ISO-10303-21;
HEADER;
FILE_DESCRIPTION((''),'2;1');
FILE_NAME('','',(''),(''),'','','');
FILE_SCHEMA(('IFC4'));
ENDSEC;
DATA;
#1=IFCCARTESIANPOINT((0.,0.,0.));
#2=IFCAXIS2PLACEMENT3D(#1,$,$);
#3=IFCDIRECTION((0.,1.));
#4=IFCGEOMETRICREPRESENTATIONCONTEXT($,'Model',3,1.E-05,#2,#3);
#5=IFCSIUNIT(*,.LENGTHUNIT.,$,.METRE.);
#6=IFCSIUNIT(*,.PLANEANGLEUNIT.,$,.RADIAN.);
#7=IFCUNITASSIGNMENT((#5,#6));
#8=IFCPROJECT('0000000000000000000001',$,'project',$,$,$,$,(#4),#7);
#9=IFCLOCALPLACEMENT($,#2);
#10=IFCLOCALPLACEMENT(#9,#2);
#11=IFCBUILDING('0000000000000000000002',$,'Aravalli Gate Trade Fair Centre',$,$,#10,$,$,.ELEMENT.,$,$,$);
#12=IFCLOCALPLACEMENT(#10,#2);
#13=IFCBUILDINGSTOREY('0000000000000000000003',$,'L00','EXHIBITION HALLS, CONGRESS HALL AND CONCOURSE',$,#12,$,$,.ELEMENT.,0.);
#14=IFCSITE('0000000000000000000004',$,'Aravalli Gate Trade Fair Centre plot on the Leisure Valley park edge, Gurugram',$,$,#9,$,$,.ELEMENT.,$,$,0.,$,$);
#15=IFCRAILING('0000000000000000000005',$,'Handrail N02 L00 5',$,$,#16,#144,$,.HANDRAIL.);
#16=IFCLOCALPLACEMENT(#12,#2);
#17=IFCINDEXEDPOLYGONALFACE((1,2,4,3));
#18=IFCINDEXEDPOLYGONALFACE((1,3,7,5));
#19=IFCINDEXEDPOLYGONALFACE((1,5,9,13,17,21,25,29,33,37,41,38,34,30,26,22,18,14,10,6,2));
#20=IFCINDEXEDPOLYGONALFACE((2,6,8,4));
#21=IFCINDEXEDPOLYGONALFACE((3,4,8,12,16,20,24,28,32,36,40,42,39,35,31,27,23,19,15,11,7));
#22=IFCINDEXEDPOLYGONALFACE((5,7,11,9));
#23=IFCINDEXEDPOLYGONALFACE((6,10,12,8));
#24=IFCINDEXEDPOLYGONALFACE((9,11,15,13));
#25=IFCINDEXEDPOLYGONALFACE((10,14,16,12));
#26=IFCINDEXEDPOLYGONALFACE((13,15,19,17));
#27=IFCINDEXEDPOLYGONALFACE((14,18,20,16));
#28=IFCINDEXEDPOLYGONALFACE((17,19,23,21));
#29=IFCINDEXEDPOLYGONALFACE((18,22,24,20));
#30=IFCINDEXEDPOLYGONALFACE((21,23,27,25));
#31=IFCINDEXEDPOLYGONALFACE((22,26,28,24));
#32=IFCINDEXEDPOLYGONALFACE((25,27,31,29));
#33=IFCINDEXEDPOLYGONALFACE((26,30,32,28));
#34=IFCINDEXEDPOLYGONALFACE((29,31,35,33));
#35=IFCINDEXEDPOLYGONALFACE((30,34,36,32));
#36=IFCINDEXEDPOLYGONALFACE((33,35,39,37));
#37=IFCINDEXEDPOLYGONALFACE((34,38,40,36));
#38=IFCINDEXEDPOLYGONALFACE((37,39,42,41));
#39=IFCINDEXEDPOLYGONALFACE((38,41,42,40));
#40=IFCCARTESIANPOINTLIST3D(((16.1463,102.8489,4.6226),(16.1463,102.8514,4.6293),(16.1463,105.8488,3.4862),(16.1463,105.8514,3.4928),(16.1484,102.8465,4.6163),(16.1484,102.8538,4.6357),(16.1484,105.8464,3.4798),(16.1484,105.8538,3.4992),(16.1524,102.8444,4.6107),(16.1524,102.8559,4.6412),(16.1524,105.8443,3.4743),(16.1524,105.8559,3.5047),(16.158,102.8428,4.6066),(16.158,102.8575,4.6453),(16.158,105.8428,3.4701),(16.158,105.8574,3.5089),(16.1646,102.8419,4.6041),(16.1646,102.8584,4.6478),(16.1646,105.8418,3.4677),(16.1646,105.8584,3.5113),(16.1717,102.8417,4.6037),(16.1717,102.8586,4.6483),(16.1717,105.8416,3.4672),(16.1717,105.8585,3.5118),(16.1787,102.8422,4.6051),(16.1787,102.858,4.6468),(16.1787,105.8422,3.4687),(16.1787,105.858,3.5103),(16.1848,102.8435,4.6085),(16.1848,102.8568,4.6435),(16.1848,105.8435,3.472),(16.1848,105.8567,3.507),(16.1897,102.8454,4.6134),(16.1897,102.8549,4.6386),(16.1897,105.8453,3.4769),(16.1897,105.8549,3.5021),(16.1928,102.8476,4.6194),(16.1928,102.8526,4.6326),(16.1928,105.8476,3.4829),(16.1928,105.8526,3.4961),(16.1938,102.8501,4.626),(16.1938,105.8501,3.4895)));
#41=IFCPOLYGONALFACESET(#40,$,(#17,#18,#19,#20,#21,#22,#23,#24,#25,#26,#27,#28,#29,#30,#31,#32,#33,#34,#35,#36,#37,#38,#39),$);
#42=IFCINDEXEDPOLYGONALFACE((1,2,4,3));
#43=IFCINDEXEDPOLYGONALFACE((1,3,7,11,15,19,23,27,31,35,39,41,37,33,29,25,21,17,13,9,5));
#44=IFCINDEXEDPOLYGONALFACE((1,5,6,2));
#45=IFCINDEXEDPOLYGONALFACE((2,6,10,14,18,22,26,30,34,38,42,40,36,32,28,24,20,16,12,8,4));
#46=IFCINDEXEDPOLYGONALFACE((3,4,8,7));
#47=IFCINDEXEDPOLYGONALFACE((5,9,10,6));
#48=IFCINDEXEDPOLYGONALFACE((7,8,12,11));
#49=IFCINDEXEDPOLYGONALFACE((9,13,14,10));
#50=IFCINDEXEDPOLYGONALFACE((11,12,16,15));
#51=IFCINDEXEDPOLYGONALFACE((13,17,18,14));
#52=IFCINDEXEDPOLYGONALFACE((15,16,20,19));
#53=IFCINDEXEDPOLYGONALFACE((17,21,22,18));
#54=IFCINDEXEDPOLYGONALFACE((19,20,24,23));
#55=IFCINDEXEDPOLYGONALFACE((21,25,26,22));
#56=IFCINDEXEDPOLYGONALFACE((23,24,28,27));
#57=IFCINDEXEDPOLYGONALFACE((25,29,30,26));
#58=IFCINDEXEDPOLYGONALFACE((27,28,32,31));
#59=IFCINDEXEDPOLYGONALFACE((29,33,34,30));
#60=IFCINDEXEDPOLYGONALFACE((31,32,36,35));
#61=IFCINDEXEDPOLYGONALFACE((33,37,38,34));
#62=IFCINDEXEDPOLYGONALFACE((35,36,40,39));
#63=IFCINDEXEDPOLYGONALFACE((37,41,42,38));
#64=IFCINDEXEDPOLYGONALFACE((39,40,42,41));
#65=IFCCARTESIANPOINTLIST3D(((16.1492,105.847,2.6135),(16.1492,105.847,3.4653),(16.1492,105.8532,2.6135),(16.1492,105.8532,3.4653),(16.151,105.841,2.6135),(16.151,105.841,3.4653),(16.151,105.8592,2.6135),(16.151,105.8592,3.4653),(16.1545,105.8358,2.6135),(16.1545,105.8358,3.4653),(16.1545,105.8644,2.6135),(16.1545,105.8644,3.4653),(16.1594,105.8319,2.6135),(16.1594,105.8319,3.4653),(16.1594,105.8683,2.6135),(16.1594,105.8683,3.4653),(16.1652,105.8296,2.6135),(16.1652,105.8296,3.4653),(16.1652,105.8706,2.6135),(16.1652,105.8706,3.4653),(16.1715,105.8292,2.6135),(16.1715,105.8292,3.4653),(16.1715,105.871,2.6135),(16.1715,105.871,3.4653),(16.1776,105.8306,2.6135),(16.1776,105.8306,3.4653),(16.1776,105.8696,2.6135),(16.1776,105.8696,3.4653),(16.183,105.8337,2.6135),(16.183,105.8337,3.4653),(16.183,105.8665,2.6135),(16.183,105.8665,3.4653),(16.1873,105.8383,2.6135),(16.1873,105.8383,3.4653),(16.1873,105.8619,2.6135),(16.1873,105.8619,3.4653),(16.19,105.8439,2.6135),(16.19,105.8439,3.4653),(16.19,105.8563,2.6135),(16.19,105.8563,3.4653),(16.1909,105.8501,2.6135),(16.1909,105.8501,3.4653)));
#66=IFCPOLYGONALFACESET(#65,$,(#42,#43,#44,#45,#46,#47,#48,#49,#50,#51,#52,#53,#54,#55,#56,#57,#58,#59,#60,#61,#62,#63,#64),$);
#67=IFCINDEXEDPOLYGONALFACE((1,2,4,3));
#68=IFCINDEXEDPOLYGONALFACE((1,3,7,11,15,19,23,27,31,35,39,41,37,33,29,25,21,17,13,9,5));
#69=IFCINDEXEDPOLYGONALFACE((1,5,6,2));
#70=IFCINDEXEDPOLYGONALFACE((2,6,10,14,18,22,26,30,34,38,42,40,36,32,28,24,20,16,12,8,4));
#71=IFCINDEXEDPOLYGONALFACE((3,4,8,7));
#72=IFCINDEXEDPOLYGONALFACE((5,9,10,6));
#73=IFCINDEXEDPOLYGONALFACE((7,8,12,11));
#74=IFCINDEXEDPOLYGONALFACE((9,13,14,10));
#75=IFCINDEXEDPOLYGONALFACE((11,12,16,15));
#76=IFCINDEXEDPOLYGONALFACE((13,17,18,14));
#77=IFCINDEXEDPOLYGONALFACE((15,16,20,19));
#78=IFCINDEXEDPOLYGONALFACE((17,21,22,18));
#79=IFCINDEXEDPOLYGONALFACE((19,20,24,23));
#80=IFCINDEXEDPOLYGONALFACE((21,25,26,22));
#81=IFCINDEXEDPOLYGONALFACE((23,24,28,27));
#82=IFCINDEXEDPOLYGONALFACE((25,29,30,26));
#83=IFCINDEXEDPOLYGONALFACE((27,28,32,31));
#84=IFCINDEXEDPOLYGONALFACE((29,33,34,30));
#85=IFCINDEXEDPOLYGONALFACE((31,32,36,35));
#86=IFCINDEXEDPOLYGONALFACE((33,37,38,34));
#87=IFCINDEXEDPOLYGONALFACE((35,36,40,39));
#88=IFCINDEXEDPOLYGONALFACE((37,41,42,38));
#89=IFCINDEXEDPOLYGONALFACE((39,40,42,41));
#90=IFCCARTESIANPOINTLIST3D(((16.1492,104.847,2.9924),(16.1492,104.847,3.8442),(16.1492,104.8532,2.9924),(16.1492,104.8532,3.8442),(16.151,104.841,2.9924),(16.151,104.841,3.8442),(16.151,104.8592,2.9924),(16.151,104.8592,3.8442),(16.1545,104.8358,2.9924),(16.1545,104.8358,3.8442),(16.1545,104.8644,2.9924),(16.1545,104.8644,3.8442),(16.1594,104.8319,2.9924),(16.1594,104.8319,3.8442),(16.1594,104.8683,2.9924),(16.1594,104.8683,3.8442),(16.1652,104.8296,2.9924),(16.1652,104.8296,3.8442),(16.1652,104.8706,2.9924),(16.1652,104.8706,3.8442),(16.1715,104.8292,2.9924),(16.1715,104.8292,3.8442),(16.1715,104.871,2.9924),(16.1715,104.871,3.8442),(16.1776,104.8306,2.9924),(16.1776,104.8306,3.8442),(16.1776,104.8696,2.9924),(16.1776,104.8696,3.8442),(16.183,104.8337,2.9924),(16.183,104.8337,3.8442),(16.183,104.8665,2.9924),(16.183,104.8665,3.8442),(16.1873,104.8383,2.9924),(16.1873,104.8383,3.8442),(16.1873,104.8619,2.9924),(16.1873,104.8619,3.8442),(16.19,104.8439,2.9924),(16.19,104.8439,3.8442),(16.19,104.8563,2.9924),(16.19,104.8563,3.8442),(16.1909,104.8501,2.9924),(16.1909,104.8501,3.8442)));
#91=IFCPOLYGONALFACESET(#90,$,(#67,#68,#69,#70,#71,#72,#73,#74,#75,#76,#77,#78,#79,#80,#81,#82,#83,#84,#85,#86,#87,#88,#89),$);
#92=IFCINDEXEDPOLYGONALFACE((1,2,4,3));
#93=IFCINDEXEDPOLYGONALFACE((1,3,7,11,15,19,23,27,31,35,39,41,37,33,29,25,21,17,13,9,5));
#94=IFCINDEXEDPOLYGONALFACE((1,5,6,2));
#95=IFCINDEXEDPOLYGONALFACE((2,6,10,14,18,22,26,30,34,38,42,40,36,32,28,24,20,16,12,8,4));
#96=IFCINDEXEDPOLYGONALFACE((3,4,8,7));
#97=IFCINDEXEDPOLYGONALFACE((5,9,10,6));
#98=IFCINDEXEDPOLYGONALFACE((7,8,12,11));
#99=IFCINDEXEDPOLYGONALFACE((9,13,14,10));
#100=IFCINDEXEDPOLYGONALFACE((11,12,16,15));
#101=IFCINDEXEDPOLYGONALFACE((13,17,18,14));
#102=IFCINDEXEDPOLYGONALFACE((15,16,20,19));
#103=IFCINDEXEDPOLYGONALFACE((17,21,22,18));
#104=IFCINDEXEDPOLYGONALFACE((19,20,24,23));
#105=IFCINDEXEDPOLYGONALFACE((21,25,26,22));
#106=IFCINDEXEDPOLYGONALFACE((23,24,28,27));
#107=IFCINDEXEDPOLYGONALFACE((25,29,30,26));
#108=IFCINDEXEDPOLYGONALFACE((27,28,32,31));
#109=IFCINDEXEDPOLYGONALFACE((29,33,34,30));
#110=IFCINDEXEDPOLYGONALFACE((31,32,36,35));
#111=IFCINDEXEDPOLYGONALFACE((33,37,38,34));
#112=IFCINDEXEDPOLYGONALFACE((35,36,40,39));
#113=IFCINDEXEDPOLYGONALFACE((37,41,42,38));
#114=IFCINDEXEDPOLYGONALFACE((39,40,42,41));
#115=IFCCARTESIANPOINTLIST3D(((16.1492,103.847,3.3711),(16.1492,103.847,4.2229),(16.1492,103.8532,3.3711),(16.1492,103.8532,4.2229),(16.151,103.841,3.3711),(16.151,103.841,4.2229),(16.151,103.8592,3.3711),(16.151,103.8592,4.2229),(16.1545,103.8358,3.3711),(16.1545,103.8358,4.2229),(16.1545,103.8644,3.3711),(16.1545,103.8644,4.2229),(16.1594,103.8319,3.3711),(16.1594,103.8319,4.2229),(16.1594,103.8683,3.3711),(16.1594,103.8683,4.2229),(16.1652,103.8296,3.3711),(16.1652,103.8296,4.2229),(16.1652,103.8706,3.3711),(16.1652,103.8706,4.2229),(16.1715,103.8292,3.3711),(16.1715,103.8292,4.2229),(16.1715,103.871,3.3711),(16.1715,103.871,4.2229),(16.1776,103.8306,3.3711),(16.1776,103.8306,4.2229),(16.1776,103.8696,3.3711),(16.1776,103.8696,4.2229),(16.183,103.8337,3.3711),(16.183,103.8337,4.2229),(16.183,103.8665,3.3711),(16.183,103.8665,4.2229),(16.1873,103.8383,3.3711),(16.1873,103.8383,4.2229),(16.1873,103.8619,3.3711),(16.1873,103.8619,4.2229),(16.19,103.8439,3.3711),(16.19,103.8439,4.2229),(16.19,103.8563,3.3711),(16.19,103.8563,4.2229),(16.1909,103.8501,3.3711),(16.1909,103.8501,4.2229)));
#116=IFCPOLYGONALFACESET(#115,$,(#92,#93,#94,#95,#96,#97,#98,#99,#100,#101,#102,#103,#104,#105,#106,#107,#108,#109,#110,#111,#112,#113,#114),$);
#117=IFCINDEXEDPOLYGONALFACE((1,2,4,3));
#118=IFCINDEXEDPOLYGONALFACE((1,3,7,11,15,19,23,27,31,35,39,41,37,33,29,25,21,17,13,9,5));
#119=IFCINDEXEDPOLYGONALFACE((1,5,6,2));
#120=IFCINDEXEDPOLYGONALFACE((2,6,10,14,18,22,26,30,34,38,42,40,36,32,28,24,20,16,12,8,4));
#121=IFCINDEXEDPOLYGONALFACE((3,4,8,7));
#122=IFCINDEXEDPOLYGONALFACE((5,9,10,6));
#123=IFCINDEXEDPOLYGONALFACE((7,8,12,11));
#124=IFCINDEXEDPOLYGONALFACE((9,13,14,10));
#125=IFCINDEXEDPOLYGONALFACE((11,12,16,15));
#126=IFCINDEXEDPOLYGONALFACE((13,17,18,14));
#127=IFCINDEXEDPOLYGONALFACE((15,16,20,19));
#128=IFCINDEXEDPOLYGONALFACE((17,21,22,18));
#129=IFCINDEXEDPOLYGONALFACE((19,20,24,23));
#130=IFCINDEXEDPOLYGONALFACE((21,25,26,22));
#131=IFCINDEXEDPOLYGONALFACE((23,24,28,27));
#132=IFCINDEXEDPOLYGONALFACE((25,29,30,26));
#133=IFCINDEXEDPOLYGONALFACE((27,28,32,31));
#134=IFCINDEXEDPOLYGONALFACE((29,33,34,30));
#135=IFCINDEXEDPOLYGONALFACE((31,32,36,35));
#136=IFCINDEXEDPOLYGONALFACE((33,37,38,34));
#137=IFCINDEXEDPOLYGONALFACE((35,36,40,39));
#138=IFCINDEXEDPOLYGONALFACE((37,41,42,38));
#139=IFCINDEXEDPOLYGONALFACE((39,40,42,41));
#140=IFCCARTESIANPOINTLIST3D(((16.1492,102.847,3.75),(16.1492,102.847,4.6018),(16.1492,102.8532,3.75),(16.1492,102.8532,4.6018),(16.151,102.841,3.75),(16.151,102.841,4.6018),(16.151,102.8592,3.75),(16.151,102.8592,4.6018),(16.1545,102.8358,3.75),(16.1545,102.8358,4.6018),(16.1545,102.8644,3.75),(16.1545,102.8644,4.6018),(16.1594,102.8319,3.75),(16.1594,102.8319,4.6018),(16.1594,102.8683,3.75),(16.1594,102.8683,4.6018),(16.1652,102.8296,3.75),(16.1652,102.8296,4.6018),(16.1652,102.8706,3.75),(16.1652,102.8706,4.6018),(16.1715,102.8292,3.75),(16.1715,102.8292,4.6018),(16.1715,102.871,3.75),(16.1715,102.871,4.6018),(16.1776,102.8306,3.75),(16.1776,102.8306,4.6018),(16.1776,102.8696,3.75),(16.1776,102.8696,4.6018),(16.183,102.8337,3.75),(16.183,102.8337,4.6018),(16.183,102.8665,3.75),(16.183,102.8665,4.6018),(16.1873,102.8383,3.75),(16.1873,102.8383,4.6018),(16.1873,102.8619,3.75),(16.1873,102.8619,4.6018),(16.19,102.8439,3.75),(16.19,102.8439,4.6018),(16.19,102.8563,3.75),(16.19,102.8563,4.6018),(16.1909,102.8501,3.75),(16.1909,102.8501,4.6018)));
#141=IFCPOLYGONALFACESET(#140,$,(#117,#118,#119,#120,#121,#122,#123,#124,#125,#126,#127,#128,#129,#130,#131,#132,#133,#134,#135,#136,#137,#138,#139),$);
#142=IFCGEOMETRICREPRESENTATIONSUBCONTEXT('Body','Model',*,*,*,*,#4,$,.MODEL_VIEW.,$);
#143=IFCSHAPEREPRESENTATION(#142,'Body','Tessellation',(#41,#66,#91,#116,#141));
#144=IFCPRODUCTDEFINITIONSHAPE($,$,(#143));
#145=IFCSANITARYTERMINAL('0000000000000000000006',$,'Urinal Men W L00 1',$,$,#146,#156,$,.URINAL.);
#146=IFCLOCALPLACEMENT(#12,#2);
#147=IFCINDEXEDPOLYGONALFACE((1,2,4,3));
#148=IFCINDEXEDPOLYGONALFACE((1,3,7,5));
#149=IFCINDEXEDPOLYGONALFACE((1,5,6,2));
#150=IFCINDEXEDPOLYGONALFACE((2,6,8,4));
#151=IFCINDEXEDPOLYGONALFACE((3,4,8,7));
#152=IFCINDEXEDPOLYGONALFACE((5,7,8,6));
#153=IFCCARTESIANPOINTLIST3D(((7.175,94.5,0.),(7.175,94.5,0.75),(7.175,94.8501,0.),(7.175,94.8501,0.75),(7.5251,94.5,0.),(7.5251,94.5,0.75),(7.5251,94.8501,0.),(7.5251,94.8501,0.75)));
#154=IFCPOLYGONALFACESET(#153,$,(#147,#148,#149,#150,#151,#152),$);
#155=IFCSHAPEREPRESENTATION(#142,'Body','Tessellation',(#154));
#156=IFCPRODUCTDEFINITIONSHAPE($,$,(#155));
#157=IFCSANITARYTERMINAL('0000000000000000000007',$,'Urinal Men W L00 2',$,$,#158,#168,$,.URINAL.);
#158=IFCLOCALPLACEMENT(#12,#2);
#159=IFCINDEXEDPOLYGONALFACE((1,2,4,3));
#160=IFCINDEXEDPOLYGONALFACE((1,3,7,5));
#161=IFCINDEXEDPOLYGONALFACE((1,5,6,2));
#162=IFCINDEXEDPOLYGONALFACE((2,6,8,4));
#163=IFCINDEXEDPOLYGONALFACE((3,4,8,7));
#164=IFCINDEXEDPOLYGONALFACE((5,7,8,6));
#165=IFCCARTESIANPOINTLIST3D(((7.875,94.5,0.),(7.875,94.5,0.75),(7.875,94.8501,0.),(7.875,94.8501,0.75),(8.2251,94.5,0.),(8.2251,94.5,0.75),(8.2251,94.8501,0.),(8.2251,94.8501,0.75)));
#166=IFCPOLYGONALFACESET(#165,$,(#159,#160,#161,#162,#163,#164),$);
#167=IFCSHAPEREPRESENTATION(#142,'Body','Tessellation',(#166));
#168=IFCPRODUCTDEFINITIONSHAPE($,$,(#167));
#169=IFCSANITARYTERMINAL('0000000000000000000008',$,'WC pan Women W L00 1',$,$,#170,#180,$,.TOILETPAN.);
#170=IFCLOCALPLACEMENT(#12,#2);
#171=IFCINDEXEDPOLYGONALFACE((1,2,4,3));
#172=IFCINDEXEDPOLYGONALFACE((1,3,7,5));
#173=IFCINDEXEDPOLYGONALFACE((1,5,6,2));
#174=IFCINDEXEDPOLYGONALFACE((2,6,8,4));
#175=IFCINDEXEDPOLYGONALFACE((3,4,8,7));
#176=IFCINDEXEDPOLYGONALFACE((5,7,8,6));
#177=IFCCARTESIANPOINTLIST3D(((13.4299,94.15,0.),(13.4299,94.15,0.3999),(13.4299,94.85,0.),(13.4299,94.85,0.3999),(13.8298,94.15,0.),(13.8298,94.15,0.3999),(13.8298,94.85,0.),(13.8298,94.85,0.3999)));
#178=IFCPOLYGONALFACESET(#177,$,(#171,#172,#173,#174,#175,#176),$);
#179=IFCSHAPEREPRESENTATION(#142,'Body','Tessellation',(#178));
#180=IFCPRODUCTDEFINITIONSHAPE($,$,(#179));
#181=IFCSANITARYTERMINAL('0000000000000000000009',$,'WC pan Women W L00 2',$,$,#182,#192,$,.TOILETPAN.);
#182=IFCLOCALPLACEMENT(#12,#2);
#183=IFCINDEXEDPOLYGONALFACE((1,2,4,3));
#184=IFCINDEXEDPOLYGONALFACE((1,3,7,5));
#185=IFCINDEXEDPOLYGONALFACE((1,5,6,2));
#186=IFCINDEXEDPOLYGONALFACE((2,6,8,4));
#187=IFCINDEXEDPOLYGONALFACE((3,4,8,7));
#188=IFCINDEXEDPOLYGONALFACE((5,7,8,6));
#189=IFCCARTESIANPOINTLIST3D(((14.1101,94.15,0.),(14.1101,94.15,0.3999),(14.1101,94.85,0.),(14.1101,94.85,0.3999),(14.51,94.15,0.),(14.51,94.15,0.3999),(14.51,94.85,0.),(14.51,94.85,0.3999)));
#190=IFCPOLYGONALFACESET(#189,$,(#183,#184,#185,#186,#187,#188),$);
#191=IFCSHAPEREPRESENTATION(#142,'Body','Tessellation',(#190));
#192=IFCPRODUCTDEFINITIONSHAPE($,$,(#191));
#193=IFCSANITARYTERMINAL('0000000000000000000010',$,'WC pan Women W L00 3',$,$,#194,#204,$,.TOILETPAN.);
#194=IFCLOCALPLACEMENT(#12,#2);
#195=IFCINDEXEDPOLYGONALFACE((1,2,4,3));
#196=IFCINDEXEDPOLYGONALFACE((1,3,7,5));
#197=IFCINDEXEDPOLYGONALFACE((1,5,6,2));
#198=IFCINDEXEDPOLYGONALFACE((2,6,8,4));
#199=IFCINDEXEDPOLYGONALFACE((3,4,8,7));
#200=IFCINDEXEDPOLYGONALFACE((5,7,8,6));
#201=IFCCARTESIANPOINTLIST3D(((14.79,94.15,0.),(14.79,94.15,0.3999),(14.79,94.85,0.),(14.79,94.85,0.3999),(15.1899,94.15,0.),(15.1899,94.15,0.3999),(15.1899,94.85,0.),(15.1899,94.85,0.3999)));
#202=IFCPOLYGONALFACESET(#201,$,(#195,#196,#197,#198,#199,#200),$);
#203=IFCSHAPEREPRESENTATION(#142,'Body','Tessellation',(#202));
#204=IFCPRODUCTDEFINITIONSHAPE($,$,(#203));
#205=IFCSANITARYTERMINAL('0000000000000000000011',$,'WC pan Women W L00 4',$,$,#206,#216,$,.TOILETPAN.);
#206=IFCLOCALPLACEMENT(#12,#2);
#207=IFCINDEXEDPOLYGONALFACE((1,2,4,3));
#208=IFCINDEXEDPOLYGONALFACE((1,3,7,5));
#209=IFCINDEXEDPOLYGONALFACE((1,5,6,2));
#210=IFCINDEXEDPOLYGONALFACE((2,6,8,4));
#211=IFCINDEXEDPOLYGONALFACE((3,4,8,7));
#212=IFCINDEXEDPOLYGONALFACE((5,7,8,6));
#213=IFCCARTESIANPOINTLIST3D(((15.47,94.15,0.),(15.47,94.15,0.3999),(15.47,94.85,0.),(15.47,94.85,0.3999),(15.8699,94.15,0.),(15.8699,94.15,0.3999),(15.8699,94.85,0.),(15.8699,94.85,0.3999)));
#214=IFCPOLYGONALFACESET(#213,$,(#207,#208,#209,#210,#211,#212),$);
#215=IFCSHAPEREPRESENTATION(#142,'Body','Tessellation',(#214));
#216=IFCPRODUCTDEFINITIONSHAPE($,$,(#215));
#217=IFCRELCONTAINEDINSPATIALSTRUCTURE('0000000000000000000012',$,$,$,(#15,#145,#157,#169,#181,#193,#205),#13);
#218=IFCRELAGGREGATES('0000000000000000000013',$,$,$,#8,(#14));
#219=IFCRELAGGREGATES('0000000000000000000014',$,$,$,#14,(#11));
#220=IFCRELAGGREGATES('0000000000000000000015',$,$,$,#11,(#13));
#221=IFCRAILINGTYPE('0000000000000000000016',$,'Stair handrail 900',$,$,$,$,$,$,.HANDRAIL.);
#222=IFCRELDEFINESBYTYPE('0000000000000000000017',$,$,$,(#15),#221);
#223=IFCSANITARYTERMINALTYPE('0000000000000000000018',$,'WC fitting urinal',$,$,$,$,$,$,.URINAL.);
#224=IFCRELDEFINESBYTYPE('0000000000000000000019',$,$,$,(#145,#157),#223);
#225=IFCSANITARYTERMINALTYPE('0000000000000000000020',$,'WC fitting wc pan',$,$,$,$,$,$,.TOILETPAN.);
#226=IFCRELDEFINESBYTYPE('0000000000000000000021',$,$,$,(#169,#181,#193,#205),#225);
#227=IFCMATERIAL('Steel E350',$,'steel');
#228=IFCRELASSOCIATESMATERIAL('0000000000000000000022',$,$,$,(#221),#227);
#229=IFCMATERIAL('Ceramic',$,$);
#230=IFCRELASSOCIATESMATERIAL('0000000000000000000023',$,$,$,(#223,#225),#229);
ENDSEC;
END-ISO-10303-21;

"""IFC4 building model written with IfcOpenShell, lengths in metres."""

from ifc_helpers import new_model, si_unit, direction, frame, origin, origin_2d, place, context, subcontext, project, spatial, rectangle, circle, extrude, material, type_object, element, save


model = new_model("IFC4")

# Units and contexts
model_context = context("Model", 3, precision=1e-05, world=origin(), true_north=direction((0.0, 1.0)))
body_context = subcontext(model_context, "Body", "Model", "MODEL_VIEW")
ifc_project = project(units=[si_unit("LENGTHUNIT", "METRE"), si_unit("PLANEANGLEUNIT", "RADIAN")], contexts=[model_context])

# Site, building, storey
site_placement = place(None, origin())
site = spatial("IfcSite", under=ifc_project, at=site_placement, Name="Aravalli Gate Trade Fair Centre plot on the Leisure Valley park edge, Gurugram", CompositionType="ELEMENT", RefElevation=0.0)
building_placement = place(site_placement, origin())
building = spatial("IfcBuilding", under=site, at=building_placement, Name="Aravalli Gate Trade Fair Centre", CompositionType="ELEMENT")
storey_placement = place(building_placement, origin())
storey = spatial("IfcBuildingStorey", under=building, at=storey_placement, Name="L00", Description="EXHIBITION HALLS, CONGRESS HALL AND CONCOURSE", CompositionType="ELEMENT", Elevation=0.0)

# Railing
ifc_material_1 = material(Name="Steel E350", Category="steel")
railing_type = type_object("IfcRailingType", Name="Stair handrail 900", PredefinedType="HANDRAIL", material=ifc_material_1)
for number, where, name in (
    (1, (16.1699, 105.8501, 2.6135), "Handrail N02 L00 5"),
):
    element("IfcRailing", number, at=place(storey_placement, frame(where)), inside=storey, type_object=railing_type, Name=name, PredefinedType="HANDRAIL", context=body_context, shape_type="SweptSolid", body=[
        extrude(circle(Radius=0.0239, at=origin_2d()), frame((0.0, 0.0, 0.876), z_axis=(0.0, -0.935148, 0.354257), x_axis=(1.0, 0.0, 0.0)), (0.0, 0.0, 1.0), 3.208),
        extrude(circle(Radius=0.021, at=origin_2d()), origin(), (0.0, 0.0, 1.0), 0.8518),
        extrude(circle(Radius=0.021, at=origin_2d()), frame((0.0, -1.0, 0.3789)), (0.0, 0.0, 1.0), 0.8518),
        extrude(circle(Radius=0.021, at=origin_2d()), frame((0.0, -2.0, 0.7576)), (0.0, 0.0, 1.0), 0.8518),
        extrude(circle(Radius=0.021, at=origin_2d()), frame((0.0, -3.0, 1.1365)), (0.0, 0.0, 1.0), 0.8518),
    ])

# Sanitary terminals
ifc_material_2 = material(Name="Ceramic")
sanitary_terminal_type_1 = type_object("IfcSanitaryTerminalType", Name="WC fitting urinal", PredefinedType="URINAL", material=ifc_material_2)
for number, where, z_axis, x_axis, name in (
    (2, (7.3501, 94.675, 0.0), (0.0, 0.0, 1.0), (1.0, 0.0, 0.0), "Urinal Men W L00 1"),
    (3, (8.05, 94.675, 0.0), (0.0, 0.0, 1.0), (1.0, 0.0, 0.0), "Urinal Men W L00 2"),
):
    element("IfcSanitaryTerminal", number, at=place(storey_placement, frame(where, z_axis=z_axis, x_axis=x_axis)), inside=storey, type_object=sanitary_terminal_type_1, Name=name, PredefinedType="URINAL", context=body_context, shape_type="SweptSolid", body=[
        extrude(rectangle(XDim=0.3501, YDim=0.3501, at=origin_2d()), origin(), (0.0, 0.0, 1.0), 0.75),
    ])
sanitary_terminal_type_2 = type_object("IfcSanitaryTerminalType", Name="WC fitting wc pan", PredefinedType="TOILETPAN", material=ifc_material_2)
for number, where, z_axis, x_axis, name in (
    (4, (13.6299, 94.5, 0.0), (0.0, 0.0, 1.0), (1.0, 0.0, 0.0), "WC pan Women W L00 1"),
    (5, (14.3101, 94.5, 0.0), (0.0, 0.0, 1.0), (1.0, 0.0, 0.0), "WC pan Women W L00 2"),
    (6, (14.99, 94.5, 0.0), (0.0, 0.0, 1.0), (1.0, 0.0, 0.0), "WC pan Women W L00 3"),
    (7, (15.6699, 94.5, 0.0), (0.0, 0.0, 1.0), (1.0, 0.0, 0.0), "WC pan Women W L00 4"),
):
    element("IfcSanitaryTerminal", number, at=place(storey_placement, frame(where, z_axis=z_axis, x_axis=x_axis)), inside=storey, type_object=sanitary_terminal_type_2, Name=name, PredefinedType="TOILETPAN", context=body_context, shape_type="SweptSolid", body=[
        extrude(rectangle(XDim=0.3999, YDim=0.7, at=origin_2d()), origin(), (0.0, 0.0, 1.0), 0.3999),
    ])

save(model, "model.ifc")
